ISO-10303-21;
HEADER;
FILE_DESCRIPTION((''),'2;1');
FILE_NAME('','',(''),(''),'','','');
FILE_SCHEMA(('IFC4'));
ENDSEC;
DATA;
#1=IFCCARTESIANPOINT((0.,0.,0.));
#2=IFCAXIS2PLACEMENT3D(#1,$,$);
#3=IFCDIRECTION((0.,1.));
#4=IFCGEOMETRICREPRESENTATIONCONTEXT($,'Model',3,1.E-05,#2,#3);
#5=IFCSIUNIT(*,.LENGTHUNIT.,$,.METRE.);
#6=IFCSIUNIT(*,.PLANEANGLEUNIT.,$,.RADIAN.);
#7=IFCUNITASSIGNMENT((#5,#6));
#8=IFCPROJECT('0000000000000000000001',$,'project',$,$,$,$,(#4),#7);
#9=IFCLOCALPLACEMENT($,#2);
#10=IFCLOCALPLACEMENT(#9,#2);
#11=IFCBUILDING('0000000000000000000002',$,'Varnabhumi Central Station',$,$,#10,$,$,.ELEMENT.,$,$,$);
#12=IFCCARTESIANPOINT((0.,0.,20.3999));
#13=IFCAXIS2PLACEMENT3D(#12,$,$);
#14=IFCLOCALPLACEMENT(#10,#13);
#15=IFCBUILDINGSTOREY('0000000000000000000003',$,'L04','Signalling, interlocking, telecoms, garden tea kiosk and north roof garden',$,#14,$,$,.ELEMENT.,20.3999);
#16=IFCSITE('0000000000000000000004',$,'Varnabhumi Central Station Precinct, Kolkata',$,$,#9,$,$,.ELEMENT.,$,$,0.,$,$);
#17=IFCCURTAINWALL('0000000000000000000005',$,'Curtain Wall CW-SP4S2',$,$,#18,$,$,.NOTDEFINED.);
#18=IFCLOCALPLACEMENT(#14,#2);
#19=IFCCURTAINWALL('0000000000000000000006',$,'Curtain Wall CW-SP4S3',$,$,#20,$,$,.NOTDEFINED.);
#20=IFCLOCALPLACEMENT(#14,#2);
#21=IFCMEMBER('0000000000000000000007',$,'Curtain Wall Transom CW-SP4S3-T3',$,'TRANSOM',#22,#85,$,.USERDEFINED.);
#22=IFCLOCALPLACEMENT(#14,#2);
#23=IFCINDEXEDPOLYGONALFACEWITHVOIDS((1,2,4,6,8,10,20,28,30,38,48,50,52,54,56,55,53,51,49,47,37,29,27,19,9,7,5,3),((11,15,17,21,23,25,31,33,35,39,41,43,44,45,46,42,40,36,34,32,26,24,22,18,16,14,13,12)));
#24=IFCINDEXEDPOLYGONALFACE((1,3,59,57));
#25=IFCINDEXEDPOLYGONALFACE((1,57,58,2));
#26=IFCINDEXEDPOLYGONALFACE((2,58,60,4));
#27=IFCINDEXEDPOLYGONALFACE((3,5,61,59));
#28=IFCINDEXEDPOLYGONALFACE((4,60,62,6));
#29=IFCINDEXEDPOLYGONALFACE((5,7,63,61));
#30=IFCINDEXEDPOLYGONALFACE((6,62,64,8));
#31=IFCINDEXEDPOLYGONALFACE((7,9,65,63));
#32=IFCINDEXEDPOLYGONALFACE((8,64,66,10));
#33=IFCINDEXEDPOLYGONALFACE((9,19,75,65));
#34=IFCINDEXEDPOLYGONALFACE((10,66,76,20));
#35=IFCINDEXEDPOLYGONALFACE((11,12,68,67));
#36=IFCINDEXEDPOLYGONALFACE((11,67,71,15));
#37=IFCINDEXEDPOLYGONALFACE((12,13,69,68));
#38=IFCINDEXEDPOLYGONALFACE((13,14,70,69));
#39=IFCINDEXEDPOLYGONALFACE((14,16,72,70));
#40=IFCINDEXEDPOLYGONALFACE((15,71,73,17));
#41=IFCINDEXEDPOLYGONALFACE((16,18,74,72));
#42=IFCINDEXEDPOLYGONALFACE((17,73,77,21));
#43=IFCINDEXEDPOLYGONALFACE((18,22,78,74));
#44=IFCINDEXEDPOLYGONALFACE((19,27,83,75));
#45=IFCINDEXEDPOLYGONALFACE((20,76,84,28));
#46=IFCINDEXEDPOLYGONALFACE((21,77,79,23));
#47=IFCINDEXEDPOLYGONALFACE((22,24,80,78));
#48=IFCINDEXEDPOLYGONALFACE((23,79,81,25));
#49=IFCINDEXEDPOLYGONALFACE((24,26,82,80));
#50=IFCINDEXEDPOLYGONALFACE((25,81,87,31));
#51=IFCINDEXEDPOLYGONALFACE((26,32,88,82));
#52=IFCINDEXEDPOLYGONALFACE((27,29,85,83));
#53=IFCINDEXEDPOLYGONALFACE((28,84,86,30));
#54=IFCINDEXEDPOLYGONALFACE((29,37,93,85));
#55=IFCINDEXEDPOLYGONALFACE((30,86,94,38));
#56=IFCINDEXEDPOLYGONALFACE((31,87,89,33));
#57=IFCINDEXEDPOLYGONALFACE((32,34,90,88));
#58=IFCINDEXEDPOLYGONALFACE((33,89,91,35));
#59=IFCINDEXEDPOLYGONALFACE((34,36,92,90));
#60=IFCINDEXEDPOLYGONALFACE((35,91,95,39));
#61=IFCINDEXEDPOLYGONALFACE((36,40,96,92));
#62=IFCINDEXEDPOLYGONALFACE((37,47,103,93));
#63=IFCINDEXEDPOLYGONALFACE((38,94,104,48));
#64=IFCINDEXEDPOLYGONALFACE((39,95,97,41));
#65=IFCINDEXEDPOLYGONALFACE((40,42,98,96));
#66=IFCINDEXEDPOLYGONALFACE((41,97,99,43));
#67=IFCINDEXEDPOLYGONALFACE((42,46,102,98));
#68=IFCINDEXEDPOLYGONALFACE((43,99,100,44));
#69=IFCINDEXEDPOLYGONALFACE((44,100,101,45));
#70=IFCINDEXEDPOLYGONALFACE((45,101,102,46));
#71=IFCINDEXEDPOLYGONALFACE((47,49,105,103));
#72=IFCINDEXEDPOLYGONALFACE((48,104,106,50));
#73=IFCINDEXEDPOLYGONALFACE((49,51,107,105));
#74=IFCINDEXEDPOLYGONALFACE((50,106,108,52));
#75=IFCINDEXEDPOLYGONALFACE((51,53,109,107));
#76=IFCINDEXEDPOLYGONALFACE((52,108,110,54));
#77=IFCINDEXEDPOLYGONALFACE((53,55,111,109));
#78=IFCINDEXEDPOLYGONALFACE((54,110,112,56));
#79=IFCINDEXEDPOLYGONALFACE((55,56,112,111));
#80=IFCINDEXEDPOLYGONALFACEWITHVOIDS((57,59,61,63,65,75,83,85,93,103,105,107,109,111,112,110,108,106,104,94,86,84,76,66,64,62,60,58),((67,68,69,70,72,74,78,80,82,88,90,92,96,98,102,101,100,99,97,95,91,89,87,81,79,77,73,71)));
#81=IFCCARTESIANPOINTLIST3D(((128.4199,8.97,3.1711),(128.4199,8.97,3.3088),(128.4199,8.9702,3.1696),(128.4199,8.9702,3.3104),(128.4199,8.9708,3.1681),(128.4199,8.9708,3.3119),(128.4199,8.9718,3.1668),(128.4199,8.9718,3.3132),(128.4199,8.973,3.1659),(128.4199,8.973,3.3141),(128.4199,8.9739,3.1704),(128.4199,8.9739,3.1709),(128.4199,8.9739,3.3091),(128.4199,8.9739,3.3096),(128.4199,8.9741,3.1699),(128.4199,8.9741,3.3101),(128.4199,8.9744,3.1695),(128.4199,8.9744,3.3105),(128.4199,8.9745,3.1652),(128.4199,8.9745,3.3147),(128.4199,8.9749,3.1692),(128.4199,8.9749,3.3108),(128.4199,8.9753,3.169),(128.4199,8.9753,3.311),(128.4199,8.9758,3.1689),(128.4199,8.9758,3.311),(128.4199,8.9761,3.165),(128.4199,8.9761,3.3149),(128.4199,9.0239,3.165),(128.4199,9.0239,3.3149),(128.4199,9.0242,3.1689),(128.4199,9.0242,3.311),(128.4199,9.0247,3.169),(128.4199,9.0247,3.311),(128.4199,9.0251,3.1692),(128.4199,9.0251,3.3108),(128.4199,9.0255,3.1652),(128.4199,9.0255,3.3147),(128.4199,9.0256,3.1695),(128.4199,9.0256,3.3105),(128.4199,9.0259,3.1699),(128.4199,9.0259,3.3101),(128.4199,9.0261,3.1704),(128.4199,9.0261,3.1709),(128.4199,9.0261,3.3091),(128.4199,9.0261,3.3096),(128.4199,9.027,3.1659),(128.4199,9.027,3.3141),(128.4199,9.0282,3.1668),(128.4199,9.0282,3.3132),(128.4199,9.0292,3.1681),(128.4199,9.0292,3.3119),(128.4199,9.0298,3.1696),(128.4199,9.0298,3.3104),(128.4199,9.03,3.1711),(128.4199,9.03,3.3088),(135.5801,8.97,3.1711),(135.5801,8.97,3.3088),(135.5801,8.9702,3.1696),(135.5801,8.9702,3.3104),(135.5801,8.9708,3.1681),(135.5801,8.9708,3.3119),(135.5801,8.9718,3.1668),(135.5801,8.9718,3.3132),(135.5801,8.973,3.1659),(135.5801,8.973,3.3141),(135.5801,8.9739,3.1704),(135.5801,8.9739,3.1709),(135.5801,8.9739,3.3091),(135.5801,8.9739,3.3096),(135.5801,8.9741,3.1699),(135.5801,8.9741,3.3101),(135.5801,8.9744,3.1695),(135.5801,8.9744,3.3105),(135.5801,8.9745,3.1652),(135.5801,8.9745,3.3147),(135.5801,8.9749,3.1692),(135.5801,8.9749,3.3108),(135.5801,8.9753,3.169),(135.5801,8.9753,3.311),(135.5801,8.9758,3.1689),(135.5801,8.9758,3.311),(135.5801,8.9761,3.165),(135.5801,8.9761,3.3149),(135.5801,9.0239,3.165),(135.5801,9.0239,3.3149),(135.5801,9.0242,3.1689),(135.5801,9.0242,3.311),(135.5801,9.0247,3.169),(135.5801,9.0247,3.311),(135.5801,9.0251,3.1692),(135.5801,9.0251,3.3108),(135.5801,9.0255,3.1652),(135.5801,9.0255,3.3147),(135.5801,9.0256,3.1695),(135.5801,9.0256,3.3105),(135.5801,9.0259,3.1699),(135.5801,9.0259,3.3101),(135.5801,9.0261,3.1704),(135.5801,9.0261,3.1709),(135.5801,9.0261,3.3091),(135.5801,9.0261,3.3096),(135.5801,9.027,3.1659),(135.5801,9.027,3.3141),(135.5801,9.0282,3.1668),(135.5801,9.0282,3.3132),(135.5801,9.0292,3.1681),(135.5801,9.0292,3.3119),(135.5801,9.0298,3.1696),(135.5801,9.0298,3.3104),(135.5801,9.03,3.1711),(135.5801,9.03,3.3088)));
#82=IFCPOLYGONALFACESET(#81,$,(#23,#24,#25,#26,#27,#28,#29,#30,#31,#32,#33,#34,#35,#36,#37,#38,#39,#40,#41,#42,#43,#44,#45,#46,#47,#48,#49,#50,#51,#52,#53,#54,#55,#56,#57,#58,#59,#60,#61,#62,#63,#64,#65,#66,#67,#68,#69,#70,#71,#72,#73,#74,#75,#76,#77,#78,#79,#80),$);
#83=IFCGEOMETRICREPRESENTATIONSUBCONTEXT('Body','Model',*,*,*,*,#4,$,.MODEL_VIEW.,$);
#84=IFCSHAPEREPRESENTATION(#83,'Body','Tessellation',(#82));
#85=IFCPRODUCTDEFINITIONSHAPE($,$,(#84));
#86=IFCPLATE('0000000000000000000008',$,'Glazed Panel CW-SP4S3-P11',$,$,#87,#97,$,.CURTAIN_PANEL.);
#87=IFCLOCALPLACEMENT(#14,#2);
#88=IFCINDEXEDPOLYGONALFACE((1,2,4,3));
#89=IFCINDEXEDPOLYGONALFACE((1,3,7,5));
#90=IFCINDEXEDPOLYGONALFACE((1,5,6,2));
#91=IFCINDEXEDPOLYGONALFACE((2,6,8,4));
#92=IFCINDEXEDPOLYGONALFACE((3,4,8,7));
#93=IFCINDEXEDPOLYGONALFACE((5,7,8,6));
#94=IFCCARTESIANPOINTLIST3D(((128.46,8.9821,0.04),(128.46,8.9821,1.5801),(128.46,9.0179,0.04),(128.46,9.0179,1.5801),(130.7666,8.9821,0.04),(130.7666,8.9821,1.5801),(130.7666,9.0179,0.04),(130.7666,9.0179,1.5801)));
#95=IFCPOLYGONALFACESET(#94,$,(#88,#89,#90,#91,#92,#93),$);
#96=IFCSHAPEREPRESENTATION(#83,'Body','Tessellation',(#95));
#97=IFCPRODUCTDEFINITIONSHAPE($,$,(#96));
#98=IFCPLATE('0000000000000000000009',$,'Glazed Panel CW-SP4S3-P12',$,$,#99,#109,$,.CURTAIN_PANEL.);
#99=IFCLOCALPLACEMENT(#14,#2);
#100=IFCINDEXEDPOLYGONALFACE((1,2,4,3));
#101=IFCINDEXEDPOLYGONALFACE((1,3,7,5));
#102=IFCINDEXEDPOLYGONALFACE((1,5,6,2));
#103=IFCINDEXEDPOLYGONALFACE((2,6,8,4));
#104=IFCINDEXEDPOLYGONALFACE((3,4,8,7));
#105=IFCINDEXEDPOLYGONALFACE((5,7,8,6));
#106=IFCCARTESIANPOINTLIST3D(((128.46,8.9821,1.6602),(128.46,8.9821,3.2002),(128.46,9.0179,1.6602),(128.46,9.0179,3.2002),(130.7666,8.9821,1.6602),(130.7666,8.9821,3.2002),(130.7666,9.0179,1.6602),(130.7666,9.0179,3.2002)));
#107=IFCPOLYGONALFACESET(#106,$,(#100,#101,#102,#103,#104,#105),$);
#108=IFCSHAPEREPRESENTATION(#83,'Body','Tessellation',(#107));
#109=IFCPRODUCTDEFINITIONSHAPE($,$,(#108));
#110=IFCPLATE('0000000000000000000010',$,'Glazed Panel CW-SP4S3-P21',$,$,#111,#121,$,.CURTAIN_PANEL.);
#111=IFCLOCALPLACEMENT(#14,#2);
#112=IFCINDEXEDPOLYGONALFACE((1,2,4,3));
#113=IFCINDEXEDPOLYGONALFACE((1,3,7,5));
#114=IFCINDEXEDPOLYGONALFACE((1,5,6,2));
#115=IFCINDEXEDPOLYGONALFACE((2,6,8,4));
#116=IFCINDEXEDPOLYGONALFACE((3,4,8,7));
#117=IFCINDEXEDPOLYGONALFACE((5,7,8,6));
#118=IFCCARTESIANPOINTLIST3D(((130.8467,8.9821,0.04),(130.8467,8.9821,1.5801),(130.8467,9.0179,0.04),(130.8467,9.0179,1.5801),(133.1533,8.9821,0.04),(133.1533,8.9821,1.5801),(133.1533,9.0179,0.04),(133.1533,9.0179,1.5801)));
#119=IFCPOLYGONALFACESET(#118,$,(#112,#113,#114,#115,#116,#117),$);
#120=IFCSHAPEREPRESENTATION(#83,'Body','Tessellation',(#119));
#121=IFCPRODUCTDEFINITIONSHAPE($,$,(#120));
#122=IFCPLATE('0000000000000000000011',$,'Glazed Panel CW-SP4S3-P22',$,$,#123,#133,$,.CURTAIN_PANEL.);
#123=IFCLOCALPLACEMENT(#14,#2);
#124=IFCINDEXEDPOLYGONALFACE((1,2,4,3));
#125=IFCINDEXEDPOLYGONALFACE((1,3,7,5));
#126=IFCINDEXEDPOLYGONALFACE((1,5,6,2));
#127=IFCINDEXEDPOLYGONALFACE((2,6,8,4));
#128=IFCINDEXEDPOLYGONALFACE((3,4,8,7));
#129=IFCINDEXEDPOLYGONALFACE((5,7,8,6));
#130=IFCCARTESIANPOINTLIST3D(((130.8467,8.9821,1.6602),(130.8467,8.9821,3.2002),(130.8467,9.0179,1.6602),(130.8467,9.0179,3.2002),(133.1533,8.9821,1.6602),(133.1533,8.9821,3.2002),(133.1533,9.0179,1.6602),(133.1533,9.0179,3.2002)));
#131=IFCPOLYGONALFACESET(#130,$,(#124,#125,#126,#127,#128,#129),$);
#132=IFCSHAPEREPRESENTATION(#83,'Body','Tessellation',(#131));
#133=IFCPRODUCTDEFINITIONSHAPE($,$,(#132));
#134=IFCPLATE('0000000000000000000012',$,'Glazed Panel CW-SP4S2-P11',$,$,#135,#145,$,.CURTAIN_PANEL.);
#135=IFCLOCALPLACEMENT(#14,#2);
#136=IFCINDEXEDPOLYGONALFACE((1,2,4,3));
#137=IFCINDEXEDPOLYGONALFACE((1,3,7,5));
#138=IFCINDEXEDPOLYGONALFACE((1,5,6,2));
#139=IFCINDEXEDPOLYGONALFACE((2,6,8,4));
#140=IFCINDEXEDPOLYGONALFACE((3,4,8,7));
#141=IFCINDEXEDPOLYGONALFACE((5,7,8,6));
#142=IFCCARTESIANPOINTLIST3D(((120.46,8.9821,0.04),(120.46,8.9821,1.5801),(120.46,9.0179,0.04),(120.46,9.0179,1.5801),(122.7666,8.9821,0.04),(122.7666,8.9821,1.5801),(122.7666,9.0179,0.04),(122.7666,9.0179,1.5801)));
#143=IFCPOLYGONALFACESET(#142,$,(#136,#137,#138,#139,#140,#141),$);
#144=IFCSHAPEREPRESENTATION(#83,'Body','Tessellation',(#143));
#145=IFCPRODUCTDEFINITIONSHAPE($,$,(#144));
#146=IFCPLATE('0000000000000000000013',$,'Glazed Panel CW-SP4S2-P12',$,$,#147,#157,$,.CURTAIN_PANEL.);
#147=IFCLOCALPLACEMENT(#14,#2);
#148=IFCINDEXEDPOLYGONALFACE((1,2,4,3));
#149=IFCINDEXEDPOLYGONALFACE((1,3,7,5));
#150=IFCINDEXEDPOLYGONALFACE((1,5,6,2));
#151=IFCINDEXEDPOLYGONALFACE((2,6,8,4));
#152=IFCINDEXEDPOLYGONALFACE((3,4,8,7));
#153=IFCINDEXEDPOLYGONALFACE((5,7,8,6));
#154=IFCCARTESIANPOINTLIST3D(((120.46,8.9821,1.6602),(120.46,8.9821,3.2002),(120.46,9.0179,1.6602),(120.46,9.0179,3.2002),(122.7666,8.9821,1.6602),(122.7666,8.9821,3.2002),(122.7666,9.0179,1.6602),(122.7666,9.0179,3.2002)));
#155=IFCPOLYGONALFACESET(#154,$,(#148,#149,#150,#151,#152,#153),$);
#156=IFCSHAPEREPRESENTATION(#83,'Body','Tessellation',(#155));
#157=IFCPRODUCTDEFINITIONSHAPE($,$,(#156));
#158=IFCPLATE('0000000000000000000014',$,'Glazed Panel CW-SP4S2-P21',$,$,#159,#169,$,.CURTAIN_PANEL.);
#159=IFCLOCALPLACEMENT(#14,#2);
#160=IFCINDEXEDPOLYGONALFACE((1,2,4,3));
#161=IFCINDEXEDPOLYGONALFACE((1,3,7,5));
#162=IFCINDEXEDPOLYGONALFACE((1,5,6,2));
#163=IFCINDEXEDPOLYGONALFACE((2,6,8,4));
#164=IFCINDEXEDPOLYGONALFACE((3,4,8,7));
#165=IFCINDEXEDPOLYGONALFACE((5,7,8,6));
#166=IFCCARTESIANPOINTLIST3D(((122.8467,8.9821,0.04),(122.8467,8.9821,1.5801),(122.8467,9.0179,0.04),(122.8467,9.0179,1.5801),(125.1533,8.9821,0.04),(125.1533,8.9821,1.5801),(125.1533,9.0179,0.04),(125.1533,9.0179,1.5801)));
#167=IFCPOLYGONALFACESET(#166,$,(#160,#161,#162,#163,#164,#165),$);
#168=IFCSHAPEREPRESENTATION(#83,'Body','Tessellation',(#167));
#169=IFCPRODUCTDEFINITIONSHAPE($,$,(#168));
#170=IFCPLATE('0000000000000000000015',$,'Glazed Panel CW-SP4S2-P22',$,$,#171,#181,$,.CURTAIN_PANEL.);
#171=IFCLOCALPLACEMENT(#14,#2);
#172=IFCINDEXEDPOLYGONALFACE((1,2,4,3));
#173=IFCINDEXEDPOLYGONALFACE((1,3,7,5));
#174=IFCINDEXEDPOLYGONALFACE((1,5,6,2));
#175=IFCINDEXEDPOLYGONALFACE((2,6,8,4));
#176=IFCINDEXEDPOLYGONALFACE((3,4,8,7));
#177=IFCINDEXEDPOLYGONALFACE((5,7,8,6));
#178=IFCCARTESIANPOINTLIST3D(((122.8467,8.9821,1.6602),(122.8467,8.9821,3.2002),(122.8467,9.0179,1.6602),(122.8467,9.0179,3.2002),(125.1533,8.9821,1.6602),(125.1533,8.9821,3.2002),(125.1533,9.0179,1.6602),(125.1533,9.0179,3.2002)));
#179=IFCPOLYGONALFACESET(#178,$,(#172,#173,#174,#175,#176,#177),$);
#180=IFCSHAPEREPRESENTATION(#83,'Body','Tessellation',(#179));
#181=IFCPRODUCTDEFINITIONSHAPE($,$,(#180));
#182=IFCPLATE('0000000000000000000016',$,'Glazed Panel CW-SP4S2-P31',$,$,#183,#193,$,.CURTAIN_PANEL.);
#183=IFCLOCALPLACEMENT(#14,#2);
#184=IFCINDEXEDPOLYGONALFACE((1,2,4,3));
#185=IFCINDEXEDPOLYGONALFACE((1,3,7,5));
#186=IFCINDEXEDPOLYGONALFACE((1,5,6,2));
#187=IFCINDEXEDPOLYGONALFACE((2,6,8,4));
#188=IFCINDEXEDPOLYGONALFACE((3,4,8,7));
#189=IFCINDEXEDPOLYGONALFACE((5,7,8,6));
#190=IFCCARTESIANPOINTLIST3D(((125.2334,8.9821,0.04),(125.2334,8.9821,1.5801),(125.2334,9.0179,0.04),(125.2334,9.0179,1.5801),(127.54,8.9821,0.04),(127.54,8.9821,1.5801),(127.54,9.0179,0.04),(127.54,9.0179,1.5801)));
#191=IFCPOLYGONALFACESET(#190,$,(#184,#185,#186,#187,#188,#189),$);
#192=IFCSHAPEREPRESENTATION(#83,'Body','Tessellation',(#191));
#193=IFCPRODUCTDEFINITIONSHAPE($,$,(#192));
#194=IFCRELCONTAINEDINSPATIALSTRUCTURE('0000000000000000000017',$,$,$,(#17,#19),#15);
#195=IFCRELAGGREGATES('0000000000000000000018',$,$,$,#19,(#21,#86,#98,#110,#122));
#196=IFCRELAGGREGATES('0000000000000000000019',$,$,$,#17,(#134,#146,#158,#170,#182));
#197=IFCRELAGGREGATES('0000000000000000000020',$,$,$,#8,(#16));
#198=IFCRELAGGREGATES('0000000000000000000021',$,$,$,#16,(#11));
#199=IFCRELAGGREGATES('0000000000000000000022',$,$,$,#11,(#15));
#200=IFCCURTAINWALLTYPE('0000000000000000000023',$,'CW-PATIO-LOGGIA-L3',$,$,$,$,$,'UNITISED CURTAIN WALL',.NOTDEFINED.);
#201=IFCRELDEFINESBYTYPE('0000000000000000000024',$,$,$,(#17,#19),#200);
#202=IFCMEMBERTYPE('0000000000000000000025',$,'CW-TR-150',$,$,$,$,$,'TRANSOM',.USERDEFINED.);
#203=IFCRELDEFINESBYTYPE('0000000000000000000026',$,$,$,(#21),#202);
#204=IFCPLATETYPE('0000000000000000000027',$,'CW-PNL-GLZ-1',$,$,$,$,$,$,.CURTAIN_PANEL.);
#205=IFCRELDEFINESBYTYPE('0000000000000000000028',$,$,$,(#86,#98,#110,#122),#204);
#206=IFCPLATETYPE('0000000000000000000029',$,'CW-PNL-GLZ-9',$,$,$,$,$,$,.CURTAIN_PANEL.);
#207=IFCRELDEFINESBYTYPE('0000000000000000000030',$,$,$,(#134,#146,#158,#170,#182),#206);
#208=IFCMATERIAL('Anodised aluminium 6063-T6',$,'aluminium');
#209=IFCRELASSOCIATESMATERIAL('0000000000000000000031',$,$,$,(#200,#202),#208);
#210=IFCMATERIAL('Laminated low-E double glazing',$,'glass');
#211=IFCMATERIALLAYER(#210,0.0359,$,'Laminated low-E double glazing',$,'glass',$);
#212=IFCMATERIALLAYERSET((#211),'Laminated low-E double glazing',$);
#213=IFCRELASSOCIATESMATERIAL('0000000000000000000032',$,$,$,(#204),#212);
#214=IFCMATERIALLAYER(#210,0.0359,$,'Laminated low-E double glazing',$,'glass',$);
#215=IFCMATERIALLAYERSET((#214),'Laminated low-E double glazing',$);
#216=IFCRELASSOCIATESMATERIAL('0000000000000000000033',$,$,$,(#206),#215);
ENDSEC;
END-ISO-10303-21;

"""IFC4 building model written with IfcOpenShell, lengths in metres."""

from ifc_helpers import new_model, si_unit, direction, frame, origin, origin_2d, place, context, subcontext, project, spatial, rectangle, hollow_rectangle, extrude, material, layer, layer_set, material_profile, profile_set, type_object, element, aggregate, save


model = new_model("IFC4")

# Units and contexts
model_context = context("Model", 3, precision=1e-05, world=origin(), true_north=direction((0.0, 1.0)))
body_context = subcontext(model_context, "Body", "Model", "MODEL_VIEW")
ifc_project = project(units=[si_unit("LENGTHUNIT", "METRE"), si_unit("PLANEANGLEUNIT", "RADIAN")], contexts=[model_context])

# Site, building, storey
site_placement = place(None, origin())
site = spatial("IfcSite", under=ifc_project, at=site_placement, Name="Varnabhumi Central Station Precinct, Kolkata", CompositionType="ELEMENT", RefElevation=0.0)
building_placement = place(site_placement, origin())
building = spatial("IfcBuilding", under=site, at=building_placement, Name="Varnabhumi Central Station", CompositionType="ELEMENT")
storey_placement = place(building_placement, frame((0.0, 0.0, 20.3999)))
storey = spatial("IfcBuildingStorey", under=building, at=storey_placement, Name="L04", Description="Signalling, interlocking, telecoms, garden tea kiosk and north roof garden", CompositionType="ELEMENT", Elevation=20.3999)

# Curtain wall
ifc_material_1 = material(Name="Anodised aluminium 6063-T6", Category="aluminium")
curtain_wall_type = type_object("IfcCurtainWallType", Name="CW-PATIO-LOGGIA-L3", ElementType="UNITISED CURTAIN WALL", PredefinedType="NOTDEFINED", material=ifc_material_1)
curtain_wall_1_placement = place(storey_placement, origin())
curtain_wall_1 = element("IfcCurtainWall", 1, at=curtain_wall_1_placement, inside=storey, type_object=curtain_wall_type, Name="Curtain Wall CW-SP4S2", PredefinedType="NOTDEFINED")

# Curtain wall, member, plates
curtain_wall_2_placement = place(storey_placement, origin())
curtain_wall_2 = element("IfcCurtainWall", 2, at=curtain_wall_2_placement, inside=storey, type_object=curtain_wall_type, Name="Curtain Wall CW-SP4S3", PredefinedType="NOTDEFINED")
ifc_material_profile_1 = material_profile(ifc_material_1, hollow_rectangle(XDim=0.0601, YDim=0.1499, WallThickness=0.0039, InnerFilletRadius=0.002, OuterFilletRadius=0.0061, at=origin_2d()), Name="Anodised aluminium 6063-T6", Category="aluminium")
ifc_profile_set_1 = profile_set([ifc_material_profile_1], Name="Anodised aluminium 6063-T6")
member_type_1 = type_object("IfcMemberType", Name="CW-TR-150", ElementType="TRANSOM", PredefinedType="USERDEFINED", material=ifc_profile_set_1)
member_1_placement = place(storey_placement, frame((128.4199, 9.0, 3.24), z_axis=(1.0, 0.0, 0.0), x_axis=(0.0, 1.0, 0.0)))
member_1 = element("IfcMember", 3, at=member_1_placement, type_object=member_type_1, Name="Curtain Wall Transom CW-SP4S3-T3", ObjectType="TRANSOM", PredefinedType="USERDEFINED", context=body_context, shape_type="SweptSolid", body=[
    extrude(hollow_rectangle(XDim=0.0601, YDim=0.1499, WallThickness=0.0039, InnerFilletRadius=0.002, OuterFilletRadius=0.0061, at=origin_2d()), origin(), (0.0, 0.0, 1.0), 7.1602),
])
ifc_material_2 = material(Name="Laminated low-E double glazing", Category="glass")
ifc_layer_1 = layer(ifc_material_2, 0.0359, Name="Laminated low-E double glazing", Category="glass")
ifc_layer_set_1 = layer_set([ifc_layer_1], Name="Laminated low-E double glazing")
plate_type_1 = type_object("IfcPlateType", Name="CW-PNL-GLZ-1", PredefinedType="CURTAIN_PANEL", material=ifc_layer_set_1)
plate_1_placement = place(storey_placement, frame((129.6133, 9.0, 0.04), z_axis=(0.0, 0.0, 1.0), x_axis=(1.0, 0.0, 0.0)))
plate_1 = element("IfcPlate", 4, at=plate_1_placement, type_object=plate_type_1, Name="Glazed Panel CW-SP4S3-P11", PredefinedType="CURTAIN_PANEL", context=body_context, shape_type="SweptSolid", body=[
    extrude(rectangle(XDim=2.3066, YDim=0.0359, at=origin_2d()), origin(), (0.0, 0.0, 1.0), 1.54),
])
plate_2_placement = place(storey_placement, frame((129.6133, 9.0, 1.6602), z_axis=(0.0, 0.0, 1.0), x_axis=(1.0, 0.0, 0.0)))
plate_2 = element("IfcPlate", 5, at=plate_2_placement, type_object=plate_type_1, Name="Glazed Panel CW-SP4S3-P12", PredefinedType="CURTAIN_PANEL", context=body_context, shape_type="SweptSolid", body=[
    extrude(rectangle(XDim=2.3066, YDim=0.0359, at=origin_2d()), origin(), (0.0, 0.0, 1.0), 1.54),
])
plate_3_placement = place(storey_placement, frame((132.0, 9.0, 0.04), z_axis=(0.0, 0.0, 1.0), x_axis=(1.0, 0.0, 0.0)))
plate_3 = element("IfcPlate", 6, at=plate_3_placement, type_object=plate_type_1, Name="Glazed Panel CW-SP4S3-P21", PredefinedType="CURTAIN_PANEL", context=body_context, shape_type="SweptSolid", body=[
    extrude(rectangle(XDim=2.3066, YDim=0.0359, at=origin_2d()), origin(), (0.0, 0.0, 1.0), 1.54),
])
plate_4_placement = place(storey_placement, frame((132.0, 9.0, 1.6602), z_axis=(0.0, 0.0, 1.0), x_axis=(1.0, 0.0, 0.0)))
plate_4 = element("IfcPlate", 7, at=plate_4_placement, type_object=plate_type_1, Name="Glazed Panel CW-SP4S3-P22", PredefinedType="CURTAIN_PANEL", context=body_context, shape_type="SweptSolid", body=[
    extrude(rectangle(XDim=2.3066, YDim=0.0359, at=origin_2d()), origin(), (0.0, 0.0, 1.0), 1.54),
])
aggregate(curtain_wall_2, [member_1, plate_1, plate_2, plate_3, plate_4])

# Plates
ifc_layer_2 = layer(ifc_material_2, 0.0359, Name="Laminated low-E double glazing", Category="glass")
ifc_layer_set_2 = layer_set([ifc_layer_2], Name="Laminated low-E double glazing")
plate_type_2 = type_object("IfcPlateType", Name="CW-PNL-GLZ-9", PredefinedType="CURTAIN_PANEL", material=ifc_layer_set_2)
plate_5_placement = place(storey_placement, frame((121.6133, 9.0, 0.04), z_axis=(0.0, 0.0, 1.0), x_axis=(1.0, 0.0, 0.0)))
plate_5 = element("IfcPlate", 8, at=plate_5_placement, type_object=plate_type_2, Name="Glazed Panel CW-SP4S2-P11", PredefinedType="CURTAIN_PANEL", context=body_context, shape_type="SweptSolid", body=[
    extrude(rectangle(XDim=2.3066, YDim=0.0359, at=origin_2d()), origin(), (0.0, 0.0, 1.0), 1.54),
])
plate_6_placement = place(storey_placement, frame((121.6133, 9.0, 1.6602), z_axis=(0.0, 0.0, 1.0), x_axis=(1.0, 0.0, 0.0)))
plate_6 = element("IfcPlate", 9, at=plate_6_placement, type_object=plate_type_2, Name="Glazed Panel CW-SP4S2-P12", PredefinedType="CURTAIN_PANEL", context=body_context, shape_type="SweptSolid", body=[
    extrude(rectangle(XDim=2.3066, YDim=0.0359, at=origin_2d()), origin(), (0.0, 0.0, 1.0), 1.54),
])
plate_7_placement = place(storey_placement, frame((124.0, 9.0, 0.04), z_axis=(0.0, 0.0, 1.0), x_axis=(1.0, 0.0, 0.0)))
plate_7 = element("IfcPlate", 10, at=plate_7_placement, type_object=plate_type_2, Name="Glazed Panel CW-SP4S2-P21", PredefinedType="CURTAIN_PANEL", context=body_context, shape_type="SweptSolid", body=[
    extrude(rectangle(XDim=2.3066, YDim=0.0359, at=origin_2d()), origin(), (0.0, 0.0, 1.0), 1.54),
])
plate_8_placement = place(storey_placement, frame((124.0, 9.0, 1.6602), z_axis=(0.0, 0.0, 1.0), x_axis=(1.0, 0.0, 0.0)))
plate_8 = element("IfcPlate", 11, at=plate_8_placement, type_object=plate_type_2, Name="Glazed Panel CW-SP4S2-P22", PredefinedType="CURTAIN_PANEL", context=body_context, shape_type="SweptSolid", body=[
    extrude(rectangle(XDim=2.3066, YDim=0.0359, at=origin_2d()), origin(), (0.0, 0.0, 1.0), 1.54),
])
plate_9_placement = place(storey_placement, frame((126.3867, 9.0, 0.04), z_axis=(0.0, 0.0, 1.0), x_axis=(1.0, 0.0, 0.0)))
plate_9 = element("IfcPlate", 12, at=plate_9_placement, type_object=plate_type_2, Name="Glazed Panel CW-SP4S2-P31", PredefinedType="CURTAIN_PANEL", context=body_context, shape_type="SweptSolid", body=[
    extrude(rectangle(XDim=2.3066, YDim=0.0359, at=origin_2d()), origin(), (0.0, 0.0, 1.0), 1.54),
])
aggregate(curtain_wall_1, [plate_5, plate_6, plate_7, plate_8, plate_9])

save(model, "model.ifc")
